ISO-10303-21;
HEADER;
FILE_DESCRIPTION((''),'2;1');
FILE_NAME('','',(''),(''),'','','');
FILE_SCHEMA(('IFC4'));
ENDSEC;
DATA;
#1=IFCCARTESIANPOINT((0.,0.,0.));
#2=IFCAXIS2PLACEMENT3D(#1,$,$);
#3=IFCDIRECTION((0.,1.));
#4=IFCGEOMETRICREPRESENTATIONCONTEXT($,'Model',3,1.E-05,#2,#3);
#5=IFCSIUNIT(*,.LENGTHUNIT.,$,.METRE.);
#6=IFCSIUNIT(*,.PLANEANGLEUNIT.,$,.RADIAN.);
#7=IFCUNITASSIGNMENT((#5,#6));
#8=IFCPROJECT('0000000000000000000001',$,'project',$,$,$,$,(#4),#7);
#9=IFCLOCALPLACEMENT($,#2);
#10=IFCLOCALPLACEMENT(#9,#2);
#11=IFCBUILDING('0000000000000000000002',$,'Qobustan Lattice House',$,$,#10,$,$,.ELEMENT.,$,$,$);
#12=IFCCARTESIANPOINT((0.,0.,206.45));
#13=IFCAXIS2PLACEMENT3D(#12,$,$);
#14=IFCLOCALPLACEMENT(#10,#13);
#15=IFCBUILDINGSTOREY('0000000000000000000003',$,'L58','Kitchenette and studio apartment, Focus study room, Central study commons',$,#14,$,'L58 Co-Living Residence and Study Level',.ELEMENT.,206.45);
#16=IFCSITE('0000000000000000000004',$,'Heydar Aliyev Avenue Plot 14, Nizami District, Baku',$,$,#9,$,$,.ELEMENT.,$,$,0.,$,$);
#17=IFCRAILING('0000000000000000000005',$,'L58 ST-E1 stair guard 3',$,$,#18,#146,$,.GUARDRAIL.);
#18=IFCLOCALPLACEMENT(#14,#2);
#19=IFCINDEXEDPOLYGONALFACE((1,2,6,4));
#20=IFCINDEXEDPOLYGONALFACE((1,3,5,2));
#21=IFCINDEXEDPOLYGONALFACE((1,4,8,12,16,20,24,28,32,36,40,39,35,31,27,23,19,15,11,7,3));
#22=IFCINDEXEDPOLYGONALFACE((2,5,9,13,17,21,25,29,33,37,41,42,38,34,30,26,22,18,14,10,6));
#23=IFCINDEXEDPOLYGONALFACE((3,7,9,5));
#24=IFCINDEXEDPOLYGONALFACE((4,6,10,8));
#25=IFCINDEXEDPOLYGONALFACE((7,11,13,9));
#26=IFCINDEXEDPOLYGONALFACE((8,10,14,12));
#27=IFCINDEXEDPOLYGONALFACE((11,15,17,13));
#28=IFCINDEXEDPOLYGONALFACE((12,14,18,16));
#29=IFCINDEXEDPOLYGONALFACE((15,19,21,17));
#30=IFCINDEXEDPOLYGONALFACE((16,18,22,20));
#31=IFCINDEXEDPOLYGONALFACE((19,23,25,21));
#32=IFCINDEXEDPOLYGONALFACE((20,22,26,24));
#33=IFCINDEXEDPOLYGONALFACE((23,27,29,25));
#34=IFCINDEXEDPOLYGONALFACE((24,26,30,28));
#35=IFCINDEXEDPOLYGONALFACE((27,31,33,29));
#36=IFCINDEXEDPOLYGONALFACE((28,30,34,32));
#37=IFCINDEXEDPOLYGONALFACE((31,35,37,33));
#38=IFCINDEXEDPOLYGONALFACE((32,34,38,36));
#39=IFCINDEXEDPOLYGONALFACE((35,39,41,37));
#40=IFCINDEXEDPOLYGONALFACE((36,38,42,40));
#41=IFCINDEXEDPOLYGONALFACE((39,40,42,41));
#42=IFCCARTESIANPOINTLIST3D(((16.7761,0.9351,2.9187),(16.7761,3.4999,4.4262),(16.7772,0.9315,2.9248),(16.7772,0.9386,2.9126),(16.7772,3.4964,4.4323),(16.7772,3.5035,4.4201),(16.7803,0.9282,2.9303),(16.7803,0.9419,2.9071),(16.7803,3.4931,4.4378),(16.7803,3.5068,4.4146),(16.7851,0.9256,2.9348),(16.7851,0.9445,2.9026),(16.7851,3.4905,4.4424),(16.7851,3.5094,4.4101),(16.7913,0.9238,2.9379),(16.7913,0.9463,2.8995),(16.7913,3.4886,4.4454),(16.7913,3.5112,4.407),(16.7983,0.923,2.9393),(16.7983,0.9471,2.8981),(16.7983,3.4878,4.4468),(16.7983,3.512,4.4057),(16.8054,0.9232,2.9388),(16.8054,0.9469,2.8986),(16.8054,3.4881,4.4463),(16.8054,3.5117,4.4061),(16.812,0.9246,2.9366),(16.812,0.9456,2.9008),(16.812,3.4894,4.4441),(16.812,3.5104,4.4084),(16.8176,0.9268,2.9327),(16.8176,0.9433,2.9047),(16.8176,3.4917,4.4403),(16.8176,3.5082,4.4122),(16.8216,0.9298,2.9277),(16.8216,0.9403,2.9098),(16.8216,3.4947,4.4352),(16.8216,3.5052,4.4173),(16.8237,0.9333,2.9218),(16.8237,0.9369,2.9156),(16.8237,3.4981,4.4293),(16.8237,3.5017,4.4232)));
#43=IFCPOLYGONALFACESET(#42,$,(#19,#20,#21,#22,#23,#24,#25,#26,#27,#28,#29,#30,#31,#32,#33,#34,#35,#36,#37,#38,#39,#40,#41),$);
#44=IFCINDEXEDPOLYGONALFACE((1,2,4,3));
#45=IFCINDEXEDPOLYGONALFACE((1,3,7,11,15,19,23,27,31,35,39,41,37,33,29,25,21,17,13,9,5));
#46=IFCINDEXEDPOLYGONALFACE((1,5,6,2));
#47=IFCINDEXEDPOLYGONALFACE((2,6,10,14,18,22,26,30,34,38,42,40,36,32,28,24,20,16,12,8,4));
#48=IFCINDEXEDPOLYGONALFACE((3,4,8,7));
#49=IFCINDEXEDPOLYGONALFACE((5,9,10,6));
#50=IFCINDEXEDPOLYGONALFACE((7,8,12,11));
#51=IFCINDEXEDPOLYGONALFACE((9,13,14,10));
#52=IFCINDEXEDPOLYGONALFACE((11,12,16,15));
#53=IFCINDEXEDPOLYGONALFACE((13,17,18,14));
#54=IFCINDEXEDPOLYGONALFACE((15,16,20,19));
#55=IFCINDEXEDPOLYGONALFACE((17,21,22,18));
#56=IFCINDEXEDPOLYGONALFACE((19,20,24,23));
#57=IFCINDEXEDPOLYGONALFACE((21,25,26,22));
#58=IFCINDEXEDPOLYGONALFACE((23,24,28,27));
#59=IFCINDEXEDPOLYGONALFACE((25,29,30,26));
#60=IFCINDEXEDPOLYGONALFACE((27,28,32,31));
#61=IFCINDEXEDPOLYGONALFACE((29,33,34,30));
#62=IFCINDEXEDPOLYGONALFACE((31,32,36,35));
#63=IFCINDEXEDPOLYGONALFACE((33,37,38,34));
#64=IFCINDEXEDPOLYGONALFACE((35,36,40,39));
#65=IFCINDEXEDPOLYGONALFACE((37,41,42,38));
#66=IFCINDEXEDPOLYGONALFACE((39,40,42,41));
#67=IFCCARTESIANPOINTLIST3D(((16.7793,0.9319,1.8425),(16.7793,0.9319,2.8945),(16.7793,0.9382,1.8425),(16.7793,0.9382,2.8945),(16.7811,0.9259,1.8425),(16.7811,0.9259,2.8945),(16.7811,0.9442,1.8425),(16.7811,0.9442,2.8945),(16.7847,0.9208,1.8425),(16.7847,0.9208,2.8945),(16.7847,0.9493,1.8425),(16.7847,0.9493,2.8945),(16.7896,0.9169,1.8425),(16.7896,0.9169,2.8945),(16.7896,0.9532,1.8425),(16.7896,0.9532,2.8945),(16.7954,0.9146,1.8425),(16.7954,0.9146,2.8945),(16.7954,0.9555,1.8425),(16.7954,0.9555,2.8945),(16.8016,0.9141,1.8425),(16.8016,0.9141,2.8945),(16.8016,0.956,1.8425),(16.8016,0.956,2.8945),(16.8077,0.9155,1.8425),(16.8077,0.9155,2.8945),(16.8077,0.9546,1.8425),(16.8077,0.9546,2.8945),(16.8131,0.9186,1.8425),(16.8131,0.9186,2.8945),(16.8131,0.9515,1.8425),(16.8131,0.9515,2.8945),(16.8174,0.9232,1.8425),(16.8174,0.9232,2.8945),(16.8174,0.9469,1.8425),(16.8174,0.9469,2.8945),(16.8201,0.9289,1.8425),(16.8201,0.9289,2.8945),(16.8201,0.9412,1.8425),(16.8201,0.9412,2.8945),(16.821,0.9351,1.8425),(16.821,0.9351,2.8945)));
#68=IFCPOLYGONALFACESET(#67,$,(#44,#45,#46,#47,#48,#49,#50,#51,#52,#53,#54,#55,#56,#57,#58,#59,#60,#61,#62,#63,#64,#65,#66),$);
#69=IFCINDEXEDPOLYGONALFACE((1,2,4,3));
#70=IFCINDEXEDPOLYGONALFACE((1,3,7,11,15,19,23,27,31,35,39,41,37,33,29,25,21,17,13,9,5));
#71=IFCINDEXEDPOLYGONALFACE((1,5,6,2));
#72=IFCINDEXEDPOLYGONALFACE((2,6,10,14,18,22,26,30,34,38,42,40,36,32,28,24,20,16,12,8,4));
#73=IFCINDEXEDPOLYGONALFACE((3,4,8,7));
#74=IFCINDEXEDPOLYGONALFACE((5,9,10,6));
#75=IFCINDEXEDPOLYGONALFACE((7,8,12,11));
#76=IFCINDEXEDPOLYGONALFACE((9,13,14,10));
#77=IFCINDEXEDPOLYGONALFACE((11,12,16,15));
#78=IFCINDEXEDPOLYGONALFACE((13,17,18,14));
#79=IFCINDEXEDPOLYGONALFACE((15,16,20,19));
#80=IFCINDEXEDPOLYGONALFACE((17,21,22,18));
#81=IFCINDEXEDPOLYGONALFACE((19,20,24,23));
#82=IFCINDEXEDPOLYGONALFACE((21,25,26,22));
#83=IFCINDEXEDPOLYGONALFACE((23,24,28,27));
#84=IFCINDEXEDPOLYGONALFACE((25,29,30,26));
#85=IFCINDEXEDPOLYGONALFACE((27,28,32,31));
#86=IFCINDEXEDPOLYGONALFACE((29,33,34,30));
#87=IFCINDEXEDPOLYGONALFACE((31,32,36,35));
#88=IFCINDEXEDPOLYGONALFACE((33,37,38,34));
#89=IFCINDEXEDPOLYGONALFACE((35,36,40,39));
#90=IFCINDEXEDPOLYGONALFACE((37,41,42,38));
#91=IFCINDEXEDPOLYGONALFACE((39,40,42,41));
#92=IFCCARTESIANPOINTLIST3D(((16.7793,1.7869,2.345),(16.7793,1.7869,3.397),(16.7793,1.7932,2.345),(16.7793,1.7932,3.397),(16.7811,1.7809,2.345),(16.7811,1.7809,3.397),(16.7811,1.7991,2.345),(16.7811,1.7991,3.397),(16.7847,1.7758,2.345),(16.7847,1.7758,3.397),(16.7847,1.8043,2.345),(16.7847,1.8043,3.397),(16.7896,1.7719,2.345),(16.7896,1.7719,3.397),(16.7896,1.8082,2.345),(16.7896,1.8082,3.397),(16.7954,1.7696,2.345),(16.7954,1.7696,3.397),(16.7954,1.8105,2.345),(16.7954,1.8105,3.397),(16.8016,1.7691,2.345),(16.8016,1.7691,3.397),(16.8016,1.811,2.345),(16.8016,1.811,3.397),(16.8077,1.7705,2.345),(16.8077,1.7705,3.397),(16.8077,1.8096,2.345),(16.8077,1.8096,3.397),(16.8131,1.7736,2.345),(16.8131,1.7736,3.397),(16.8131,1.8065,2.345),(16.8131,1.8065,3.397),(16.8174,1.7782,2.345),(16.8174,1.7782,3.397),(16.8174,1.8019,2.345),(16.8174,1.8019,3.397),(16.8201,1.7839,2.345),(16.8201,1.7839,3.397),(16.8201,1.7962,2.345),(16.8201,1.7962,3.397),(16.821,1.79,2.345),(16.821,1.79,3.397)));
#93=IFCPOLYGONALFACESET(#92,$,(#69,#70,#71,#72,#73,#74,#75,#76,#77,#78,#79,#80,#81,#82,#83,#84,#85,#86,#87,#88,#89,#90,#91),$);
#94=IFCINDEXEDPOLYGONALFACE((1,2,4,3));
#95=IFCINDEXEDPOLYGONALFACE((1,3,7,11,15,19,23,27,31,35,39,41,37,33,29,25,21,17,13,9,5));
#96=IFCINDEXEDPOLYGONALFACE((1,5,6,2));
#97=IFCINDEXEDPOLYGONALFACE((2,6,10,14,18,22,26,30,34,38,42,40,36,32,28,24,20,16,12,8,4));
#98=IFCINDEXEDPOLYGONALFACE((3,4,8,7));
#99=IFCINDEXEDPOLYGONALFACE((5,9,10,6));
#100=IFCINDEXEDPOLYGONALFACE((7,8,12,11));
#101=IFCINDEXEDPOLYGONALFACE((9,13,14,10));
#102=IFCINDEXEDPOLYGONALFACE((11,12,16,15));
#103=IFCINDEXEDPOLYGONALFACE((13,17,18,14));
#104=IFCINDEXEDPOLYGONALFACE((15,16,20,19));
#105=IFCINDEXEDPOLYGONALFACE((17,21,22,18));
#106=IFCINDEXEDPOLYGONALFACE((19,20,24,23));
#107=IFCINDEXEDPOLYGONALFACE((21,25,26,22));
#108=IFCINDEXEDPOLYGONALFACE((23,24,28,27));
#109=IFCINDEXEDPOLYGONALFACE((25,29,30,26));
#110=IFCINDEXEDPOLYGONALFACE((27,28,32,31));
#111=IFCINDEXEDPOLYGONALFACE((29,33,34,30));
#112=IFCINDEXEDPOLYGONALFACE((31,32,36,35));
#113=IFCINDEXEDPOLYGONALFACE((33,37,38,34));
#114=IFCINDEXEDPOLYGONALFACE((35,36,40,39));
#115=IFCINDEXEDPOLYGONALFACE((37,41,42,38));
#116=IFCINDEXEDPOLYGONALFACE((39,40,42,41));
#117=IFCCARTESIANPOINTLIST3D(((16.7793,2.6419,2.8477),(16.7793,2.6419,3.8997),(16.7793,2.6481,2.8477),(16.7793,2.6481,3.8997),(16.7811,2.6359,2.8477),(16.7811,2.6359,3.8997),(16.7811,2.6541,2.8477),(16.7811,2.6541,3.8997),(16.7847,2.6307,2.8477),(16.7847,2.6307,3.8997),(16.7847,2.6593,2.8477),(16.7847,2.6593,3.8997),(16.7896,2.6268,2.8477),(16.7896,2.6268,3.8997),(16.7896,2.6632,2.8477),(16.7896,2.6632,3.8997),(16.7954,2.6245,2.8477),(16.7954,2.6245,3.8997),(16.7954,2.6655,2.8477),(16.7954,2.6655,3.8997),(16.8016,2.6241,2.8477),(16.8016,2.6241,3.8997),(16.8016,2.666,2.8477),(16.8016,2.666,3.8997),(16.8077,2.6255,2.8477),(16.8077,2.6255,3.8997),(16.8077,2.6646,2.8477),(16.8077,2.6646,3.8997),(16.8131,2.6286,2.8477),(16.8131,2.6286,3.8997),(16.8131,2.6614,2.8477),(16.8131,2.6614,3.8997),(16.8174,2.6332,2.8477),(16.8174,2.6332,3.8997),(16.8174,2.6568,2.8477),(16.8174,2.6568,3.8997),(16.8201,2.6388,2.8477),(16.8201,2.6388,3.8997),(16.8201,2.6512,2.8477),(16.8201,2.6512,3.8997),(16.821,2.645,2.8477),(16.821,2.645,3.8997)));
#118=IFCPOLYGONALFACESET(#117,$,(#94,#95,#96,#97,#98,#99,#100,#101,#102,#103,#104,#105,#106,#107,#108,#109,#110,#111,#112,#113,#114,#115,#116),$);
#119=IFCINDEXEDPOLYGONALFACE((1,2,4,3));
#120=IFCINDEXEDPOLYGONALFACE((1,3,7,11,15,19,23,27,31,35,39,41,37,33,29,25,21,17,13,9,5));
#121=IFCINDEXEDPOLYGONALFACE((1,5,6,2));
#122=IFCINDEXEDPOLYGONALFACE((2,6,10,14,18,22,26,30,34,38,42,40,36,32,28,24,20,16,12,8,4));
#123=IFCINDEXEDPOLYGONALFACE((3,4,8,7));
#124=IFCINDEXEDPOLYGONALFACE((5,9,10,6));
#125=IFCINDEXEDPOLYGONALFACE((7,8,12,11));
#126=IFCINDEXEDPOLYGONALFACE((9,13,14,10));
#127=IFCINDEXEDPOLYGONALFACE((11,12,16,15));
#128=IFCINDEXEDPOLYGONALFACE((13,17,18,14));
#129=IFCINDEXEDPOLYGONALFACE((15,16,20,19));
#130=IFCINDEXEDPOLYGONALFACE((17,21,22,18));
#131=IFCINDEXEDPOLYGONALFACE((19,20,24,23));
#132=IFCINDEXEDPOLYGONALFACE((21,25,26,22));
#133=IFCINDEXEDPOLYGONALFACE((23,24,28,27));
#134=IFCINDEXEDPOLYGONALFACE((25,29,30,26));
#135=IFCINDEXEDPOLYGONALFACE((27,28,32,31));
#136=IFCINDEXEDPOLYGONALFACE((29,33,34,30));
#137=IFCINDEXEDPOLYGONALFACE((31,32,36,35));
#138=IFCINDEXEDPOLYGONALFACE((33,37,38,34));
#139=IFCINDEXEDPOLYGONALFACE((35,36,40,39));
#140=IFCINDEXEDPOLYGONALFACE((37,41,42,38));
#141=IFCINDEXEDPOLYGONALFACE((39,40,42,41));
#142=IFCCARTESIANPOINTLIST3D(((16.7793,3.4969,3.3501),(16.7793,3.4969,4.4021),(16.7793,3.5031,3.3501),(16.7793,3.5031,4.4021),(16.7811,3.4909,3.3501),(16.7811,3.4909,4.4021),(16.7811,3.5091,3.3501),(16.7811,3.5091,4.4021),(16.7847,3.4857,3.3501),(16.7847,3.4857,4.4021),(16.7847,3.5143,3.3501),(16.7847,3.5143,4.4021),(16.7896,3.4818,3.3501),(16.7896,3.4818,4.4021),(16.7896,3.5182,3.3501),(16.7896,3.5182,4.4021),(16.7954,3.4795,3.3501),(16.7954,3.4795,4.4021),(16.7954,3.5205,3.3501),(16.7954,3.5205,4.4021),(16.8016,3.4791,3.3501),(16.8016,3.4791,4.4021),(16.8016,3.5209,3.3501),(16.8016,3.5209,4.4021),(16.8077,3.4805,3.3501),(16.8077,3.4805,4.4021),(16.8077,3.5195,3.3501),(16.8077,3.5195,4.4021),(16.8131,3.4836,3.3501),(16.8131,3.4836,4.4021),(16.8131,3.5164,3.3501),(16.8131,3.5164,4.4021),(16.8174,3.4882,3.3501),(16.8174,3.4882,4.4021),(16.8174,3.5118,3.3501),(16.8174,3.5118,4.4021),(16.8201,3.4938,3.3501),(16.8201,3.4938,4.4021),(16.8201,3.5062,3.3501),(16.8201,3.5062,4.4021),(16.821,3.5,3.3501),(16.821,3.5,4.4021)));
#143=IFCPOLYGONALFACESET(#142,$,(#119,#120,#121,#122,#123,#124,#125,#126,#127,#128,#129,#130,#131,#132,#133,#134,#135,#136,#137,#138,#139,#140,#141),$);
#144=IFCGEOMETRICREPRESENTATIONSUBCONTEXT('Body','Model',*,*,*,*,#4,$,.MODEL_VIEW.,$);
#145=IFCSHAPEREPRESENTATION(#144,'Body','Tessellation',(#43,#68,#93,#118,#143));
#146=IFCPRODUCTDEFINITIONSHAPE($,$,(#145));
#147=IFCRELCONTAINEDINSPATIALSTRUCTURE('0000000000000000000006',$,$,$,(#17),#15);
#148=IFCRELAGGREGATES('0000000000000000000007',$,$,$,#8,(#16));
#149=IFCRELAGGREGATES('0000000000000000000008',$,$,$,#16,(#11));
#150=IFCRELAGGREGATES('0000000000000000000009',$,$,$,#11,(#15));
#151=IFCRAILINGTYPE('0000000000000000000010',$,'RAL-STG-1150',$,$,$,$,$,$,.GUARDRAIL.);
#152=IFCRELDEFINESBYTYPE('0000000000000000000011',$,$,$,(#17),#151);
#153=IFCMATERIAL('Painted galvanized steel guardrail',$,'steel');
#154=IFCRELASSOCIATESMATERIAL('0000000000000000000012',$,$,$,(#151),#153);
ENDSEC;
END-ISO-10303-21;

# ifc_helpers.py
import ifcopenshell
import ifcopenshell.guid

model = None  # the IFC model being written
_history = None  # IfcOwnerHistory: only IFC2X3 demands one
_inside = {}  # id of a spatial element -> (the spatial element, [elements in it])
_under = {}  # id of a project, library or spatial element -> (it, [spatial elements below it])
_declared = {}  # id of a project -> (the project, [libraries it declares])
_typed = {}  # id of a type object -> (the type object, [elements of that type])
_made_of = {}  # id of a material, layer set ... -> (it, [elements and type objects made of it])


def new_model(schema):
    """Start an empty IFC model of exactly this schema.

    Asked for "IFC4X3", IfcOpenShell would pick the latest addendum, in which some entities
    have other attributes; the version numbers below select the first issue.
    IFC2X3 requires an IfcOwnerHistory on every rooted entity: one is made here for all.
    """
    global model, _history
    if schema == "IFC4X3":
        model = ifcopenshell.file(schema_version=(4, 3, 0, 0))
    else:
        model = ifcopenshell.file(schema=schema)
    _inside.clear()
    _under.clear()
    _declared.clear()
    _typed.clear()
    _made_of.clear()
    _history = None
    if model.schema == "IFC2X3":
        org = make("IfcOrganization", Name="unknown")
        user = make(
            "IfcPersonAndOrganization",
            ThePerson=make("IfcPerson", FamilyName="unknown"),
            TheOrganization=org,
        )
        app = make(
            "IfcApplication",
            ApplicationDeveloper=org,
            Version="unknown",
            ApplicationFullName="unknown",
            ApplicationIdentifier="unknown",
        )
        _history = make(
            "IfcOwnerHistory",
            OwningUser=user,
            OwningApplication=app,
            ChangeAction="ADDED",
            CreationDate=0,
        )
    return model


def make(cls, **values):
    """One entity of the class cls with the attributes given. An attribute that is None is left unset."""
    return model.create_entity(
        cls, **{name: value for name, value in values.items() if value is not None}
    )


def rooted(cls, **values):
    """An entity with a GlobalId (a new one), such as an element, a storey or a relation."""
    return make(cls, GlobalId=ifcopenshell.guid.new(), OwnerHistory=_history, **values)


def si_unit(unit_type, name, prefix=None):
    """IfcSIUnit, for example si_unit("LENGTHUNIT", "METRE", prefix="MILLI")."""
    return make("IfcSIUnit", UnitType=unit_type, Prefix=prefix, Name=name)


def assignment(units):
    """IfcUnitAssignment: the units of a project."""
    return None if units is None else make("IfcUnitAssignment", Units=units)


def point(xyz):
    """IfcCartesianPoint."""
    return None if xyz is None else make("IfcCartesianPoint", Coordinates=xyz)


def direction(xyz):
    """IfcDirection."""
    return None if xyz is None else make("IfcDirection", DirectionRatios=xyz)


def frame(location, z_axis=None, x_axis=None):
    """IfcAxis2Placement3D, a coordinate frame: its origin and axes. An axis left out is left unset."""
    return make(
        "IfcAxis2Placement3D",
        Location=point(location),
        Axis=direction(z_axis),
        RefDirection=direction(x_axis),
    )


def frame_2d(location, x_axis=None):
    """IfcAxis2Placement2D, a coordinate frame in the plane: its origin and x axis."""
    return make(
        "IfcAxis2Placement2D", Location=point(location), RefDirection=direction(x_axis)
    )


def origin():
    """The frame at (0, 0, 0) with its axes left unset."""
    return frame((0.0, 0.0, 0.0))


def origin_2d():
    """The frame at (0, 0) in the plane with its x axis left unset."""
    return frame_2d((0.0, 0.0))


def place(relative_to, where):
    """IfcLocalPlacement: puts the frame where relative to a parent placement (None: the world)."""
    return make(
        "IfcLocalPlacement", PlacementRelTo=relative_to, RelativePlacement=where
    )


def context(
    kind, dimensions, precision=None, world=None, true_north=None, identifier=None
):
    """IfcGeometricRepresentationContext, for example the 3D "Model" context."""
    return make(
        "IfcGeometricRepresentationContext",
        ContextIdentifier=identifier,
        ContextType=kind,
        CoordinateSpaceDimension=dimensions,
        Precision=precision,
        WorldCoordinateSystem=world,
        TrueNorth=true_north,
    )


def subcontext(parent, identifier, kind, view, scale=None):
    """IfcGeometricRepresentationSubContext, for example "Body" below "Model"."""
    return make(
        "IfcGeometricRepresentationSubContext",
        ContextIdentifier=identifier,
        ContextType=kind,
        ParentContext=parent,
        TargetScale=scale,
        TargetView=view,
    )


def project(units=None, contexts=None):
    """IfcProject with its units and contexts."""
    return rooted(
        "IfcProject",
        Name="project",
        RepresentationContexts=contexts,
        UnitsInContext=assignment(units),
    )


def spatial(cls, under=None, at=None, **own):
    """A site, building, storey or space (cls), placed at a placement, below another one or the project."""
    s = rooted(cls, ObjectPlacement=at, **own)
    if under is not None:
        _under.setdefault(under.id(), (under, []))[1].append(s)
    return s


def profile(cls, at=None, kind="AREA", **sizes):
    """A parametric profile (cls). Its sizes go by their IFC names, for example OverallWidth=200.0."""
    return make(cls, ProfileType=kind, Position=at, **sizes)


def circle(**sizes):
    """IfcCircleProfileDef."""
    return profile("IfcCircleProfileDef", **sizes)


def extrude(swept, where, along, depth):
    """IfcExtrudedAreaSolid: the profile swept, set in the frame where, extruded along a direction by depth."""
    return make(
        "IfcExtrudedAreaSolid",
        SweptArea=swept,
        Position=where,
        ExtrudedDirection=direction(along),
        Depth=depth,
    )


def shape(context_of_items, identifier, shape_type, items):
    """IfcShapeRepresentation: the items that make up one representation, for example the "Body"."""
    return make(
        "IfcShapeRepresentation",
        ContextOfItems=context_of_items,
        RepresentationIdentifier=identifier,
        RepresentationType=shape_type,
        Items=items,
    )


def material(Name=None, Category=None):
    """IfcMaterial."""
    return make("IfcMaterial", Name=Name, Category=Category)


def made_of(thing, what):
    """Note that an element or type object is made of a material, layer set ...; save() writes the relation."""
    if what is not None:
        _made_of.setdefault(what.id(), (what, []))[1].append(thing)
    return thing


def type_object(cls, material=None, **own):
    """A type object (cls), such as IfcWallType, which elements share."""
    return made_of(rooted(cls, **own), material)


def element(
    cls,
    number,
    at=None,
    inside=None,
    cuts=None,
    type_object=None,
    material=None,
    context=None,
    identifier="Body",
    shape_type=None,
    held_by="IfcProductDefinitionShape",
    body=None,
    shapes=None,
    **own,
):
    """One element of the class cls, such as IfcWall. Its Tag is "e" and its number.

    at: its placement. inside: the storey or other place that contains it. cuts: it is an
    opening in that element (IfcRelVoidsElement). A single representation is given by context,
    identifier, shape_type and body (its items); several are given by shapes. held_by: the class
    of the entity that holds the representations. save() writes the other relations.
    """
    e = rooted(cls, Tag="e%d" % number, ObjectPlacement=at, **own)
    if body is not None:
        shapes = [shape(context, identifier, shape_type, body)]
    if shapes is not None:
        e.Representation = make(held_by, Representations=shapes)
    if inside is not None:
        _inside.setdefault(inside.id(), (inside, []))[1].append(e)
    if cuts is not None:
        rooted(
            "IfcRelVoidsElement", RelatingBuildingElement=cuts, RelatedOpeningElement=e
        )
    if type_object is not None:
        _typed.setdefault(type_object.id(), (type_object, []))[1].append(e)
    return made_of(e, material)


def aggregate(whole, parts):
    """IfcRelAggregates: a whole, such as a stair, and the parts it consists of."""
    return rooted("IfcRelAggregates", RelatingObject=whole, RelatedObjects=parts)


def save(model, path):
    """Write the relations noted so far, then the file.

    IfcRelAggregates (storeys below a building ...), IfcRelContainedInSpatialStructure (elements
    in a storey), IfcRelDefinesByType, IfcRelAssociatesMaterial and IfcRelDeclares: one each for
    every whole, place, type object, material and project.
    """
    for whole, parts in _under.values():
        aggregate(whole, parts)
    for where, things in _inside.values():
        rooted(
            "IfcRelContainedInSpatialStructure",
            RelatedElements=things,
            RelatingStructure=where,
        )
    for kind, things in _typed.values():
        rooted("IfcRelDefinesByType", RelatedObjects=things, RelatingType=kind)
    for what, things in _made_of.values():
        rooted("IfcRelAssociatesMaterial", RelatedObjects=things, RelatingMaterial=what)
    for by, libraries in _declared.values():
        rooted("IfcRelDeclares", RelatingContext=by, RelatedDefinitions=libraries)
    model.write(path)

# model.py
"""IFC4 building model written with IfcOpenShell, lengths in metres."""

from ifc_helpers import new_model, si_unit, direction, frame, origin, origin_2d, place, context, subcontext, project, spatial, circle, extrude, material, type_object, element, save


model = new_model("IFC4")

# Units and contexts
model_context = context("Model", 3, precision=1e-05, world=origin(), true_north=direction((0.0, 1.0)))
body_context = subcontext(model_context, "Body", "Model", "MODEL_VIEW")
ifc_project = project(units=[si_unit("LENGTHUNIT", "METRE"), si_unit("PLANEANGLEUNIT", "RADIAN")], contexts=[model_context])

# Site, building, storey
site_placement = place(None, origin())
site = spatial("IfcSite", under=ifc_project, at=site_placement, Name="Heydar Aliyev Avenue Plot 14, Nizami District, Baku", CompositionType="ELEMENT", RefElevation=0.0)
building_placement = place(site_placement, origin())
building = spatial("IfcBuilding", under=site, at=building_placement, Name="Qobustan Lattice House", CompositionType="ELEMENT")
storey_placement = place(building_placement, frame((0.0, 0.0, 206.45)))
storey = spatial("IfcBuildingStorey", under=building, at=storey_placement, Name="L58", Description="Kitchenette and studio apartment, Focus study room, Central study commons", LongName="L58 Co-Living Residence and Study Level", CompositionType="ELEMENT", Elevation=206.45)

# Railing
ifc_material_1 = material(Name="Painted galvanized steel guardrail", Category="steel")
railing_type_1 = type_object("IfcRailingType", Name="RAL-STG-1150", PredefinedType="GUARDRAIL", material=ifc_material_1)
railing_1_placement = place(storey_placement, frame((16.8, 0.9351, 1.8425)))
element("IfcRailing", 1, at=railing_1_placement, inside=storey, type_object=railing_type_1, Name="L58 ST-E1 stair guard 3", PredefinedType="GUARDRAIL", context=body_context, shape_type="SweptSolid", body=[
    extrude(circle(Radius=0.0239, at=origin_2d()), frame((0.0, 0.0, 1.0762), z_axis=(0.0, 0.862113, 0.506715), x_axis=(-1.0, 0.0, 0.0)), (0.0, 0.0, 1.0), 2.9751),
    extrude(circle(Radius=0.021, at=origin_2d()), origin(), (0.0, 0.0, 1.0), 1.052),
    extrude(circle(Radius=0.021, at=origin_2d()), frame((0.0, 0.855, 0.5024)), (0.0, 0.0, 1.0), 1.052),
    extrude(circle(Radius=0.021, at=origin_2d()), frame((0.0, 1.71, 1.0051)), (0.0, 0.0, 1.0), 1.052),
    extrude(circle(Radius=0.021, at=origin_2d()), frame((0.0, 2.5649, 1.5076)), (0.0, 0.0, 1.0), 1.052),
])

save(model, "model.ifc")
